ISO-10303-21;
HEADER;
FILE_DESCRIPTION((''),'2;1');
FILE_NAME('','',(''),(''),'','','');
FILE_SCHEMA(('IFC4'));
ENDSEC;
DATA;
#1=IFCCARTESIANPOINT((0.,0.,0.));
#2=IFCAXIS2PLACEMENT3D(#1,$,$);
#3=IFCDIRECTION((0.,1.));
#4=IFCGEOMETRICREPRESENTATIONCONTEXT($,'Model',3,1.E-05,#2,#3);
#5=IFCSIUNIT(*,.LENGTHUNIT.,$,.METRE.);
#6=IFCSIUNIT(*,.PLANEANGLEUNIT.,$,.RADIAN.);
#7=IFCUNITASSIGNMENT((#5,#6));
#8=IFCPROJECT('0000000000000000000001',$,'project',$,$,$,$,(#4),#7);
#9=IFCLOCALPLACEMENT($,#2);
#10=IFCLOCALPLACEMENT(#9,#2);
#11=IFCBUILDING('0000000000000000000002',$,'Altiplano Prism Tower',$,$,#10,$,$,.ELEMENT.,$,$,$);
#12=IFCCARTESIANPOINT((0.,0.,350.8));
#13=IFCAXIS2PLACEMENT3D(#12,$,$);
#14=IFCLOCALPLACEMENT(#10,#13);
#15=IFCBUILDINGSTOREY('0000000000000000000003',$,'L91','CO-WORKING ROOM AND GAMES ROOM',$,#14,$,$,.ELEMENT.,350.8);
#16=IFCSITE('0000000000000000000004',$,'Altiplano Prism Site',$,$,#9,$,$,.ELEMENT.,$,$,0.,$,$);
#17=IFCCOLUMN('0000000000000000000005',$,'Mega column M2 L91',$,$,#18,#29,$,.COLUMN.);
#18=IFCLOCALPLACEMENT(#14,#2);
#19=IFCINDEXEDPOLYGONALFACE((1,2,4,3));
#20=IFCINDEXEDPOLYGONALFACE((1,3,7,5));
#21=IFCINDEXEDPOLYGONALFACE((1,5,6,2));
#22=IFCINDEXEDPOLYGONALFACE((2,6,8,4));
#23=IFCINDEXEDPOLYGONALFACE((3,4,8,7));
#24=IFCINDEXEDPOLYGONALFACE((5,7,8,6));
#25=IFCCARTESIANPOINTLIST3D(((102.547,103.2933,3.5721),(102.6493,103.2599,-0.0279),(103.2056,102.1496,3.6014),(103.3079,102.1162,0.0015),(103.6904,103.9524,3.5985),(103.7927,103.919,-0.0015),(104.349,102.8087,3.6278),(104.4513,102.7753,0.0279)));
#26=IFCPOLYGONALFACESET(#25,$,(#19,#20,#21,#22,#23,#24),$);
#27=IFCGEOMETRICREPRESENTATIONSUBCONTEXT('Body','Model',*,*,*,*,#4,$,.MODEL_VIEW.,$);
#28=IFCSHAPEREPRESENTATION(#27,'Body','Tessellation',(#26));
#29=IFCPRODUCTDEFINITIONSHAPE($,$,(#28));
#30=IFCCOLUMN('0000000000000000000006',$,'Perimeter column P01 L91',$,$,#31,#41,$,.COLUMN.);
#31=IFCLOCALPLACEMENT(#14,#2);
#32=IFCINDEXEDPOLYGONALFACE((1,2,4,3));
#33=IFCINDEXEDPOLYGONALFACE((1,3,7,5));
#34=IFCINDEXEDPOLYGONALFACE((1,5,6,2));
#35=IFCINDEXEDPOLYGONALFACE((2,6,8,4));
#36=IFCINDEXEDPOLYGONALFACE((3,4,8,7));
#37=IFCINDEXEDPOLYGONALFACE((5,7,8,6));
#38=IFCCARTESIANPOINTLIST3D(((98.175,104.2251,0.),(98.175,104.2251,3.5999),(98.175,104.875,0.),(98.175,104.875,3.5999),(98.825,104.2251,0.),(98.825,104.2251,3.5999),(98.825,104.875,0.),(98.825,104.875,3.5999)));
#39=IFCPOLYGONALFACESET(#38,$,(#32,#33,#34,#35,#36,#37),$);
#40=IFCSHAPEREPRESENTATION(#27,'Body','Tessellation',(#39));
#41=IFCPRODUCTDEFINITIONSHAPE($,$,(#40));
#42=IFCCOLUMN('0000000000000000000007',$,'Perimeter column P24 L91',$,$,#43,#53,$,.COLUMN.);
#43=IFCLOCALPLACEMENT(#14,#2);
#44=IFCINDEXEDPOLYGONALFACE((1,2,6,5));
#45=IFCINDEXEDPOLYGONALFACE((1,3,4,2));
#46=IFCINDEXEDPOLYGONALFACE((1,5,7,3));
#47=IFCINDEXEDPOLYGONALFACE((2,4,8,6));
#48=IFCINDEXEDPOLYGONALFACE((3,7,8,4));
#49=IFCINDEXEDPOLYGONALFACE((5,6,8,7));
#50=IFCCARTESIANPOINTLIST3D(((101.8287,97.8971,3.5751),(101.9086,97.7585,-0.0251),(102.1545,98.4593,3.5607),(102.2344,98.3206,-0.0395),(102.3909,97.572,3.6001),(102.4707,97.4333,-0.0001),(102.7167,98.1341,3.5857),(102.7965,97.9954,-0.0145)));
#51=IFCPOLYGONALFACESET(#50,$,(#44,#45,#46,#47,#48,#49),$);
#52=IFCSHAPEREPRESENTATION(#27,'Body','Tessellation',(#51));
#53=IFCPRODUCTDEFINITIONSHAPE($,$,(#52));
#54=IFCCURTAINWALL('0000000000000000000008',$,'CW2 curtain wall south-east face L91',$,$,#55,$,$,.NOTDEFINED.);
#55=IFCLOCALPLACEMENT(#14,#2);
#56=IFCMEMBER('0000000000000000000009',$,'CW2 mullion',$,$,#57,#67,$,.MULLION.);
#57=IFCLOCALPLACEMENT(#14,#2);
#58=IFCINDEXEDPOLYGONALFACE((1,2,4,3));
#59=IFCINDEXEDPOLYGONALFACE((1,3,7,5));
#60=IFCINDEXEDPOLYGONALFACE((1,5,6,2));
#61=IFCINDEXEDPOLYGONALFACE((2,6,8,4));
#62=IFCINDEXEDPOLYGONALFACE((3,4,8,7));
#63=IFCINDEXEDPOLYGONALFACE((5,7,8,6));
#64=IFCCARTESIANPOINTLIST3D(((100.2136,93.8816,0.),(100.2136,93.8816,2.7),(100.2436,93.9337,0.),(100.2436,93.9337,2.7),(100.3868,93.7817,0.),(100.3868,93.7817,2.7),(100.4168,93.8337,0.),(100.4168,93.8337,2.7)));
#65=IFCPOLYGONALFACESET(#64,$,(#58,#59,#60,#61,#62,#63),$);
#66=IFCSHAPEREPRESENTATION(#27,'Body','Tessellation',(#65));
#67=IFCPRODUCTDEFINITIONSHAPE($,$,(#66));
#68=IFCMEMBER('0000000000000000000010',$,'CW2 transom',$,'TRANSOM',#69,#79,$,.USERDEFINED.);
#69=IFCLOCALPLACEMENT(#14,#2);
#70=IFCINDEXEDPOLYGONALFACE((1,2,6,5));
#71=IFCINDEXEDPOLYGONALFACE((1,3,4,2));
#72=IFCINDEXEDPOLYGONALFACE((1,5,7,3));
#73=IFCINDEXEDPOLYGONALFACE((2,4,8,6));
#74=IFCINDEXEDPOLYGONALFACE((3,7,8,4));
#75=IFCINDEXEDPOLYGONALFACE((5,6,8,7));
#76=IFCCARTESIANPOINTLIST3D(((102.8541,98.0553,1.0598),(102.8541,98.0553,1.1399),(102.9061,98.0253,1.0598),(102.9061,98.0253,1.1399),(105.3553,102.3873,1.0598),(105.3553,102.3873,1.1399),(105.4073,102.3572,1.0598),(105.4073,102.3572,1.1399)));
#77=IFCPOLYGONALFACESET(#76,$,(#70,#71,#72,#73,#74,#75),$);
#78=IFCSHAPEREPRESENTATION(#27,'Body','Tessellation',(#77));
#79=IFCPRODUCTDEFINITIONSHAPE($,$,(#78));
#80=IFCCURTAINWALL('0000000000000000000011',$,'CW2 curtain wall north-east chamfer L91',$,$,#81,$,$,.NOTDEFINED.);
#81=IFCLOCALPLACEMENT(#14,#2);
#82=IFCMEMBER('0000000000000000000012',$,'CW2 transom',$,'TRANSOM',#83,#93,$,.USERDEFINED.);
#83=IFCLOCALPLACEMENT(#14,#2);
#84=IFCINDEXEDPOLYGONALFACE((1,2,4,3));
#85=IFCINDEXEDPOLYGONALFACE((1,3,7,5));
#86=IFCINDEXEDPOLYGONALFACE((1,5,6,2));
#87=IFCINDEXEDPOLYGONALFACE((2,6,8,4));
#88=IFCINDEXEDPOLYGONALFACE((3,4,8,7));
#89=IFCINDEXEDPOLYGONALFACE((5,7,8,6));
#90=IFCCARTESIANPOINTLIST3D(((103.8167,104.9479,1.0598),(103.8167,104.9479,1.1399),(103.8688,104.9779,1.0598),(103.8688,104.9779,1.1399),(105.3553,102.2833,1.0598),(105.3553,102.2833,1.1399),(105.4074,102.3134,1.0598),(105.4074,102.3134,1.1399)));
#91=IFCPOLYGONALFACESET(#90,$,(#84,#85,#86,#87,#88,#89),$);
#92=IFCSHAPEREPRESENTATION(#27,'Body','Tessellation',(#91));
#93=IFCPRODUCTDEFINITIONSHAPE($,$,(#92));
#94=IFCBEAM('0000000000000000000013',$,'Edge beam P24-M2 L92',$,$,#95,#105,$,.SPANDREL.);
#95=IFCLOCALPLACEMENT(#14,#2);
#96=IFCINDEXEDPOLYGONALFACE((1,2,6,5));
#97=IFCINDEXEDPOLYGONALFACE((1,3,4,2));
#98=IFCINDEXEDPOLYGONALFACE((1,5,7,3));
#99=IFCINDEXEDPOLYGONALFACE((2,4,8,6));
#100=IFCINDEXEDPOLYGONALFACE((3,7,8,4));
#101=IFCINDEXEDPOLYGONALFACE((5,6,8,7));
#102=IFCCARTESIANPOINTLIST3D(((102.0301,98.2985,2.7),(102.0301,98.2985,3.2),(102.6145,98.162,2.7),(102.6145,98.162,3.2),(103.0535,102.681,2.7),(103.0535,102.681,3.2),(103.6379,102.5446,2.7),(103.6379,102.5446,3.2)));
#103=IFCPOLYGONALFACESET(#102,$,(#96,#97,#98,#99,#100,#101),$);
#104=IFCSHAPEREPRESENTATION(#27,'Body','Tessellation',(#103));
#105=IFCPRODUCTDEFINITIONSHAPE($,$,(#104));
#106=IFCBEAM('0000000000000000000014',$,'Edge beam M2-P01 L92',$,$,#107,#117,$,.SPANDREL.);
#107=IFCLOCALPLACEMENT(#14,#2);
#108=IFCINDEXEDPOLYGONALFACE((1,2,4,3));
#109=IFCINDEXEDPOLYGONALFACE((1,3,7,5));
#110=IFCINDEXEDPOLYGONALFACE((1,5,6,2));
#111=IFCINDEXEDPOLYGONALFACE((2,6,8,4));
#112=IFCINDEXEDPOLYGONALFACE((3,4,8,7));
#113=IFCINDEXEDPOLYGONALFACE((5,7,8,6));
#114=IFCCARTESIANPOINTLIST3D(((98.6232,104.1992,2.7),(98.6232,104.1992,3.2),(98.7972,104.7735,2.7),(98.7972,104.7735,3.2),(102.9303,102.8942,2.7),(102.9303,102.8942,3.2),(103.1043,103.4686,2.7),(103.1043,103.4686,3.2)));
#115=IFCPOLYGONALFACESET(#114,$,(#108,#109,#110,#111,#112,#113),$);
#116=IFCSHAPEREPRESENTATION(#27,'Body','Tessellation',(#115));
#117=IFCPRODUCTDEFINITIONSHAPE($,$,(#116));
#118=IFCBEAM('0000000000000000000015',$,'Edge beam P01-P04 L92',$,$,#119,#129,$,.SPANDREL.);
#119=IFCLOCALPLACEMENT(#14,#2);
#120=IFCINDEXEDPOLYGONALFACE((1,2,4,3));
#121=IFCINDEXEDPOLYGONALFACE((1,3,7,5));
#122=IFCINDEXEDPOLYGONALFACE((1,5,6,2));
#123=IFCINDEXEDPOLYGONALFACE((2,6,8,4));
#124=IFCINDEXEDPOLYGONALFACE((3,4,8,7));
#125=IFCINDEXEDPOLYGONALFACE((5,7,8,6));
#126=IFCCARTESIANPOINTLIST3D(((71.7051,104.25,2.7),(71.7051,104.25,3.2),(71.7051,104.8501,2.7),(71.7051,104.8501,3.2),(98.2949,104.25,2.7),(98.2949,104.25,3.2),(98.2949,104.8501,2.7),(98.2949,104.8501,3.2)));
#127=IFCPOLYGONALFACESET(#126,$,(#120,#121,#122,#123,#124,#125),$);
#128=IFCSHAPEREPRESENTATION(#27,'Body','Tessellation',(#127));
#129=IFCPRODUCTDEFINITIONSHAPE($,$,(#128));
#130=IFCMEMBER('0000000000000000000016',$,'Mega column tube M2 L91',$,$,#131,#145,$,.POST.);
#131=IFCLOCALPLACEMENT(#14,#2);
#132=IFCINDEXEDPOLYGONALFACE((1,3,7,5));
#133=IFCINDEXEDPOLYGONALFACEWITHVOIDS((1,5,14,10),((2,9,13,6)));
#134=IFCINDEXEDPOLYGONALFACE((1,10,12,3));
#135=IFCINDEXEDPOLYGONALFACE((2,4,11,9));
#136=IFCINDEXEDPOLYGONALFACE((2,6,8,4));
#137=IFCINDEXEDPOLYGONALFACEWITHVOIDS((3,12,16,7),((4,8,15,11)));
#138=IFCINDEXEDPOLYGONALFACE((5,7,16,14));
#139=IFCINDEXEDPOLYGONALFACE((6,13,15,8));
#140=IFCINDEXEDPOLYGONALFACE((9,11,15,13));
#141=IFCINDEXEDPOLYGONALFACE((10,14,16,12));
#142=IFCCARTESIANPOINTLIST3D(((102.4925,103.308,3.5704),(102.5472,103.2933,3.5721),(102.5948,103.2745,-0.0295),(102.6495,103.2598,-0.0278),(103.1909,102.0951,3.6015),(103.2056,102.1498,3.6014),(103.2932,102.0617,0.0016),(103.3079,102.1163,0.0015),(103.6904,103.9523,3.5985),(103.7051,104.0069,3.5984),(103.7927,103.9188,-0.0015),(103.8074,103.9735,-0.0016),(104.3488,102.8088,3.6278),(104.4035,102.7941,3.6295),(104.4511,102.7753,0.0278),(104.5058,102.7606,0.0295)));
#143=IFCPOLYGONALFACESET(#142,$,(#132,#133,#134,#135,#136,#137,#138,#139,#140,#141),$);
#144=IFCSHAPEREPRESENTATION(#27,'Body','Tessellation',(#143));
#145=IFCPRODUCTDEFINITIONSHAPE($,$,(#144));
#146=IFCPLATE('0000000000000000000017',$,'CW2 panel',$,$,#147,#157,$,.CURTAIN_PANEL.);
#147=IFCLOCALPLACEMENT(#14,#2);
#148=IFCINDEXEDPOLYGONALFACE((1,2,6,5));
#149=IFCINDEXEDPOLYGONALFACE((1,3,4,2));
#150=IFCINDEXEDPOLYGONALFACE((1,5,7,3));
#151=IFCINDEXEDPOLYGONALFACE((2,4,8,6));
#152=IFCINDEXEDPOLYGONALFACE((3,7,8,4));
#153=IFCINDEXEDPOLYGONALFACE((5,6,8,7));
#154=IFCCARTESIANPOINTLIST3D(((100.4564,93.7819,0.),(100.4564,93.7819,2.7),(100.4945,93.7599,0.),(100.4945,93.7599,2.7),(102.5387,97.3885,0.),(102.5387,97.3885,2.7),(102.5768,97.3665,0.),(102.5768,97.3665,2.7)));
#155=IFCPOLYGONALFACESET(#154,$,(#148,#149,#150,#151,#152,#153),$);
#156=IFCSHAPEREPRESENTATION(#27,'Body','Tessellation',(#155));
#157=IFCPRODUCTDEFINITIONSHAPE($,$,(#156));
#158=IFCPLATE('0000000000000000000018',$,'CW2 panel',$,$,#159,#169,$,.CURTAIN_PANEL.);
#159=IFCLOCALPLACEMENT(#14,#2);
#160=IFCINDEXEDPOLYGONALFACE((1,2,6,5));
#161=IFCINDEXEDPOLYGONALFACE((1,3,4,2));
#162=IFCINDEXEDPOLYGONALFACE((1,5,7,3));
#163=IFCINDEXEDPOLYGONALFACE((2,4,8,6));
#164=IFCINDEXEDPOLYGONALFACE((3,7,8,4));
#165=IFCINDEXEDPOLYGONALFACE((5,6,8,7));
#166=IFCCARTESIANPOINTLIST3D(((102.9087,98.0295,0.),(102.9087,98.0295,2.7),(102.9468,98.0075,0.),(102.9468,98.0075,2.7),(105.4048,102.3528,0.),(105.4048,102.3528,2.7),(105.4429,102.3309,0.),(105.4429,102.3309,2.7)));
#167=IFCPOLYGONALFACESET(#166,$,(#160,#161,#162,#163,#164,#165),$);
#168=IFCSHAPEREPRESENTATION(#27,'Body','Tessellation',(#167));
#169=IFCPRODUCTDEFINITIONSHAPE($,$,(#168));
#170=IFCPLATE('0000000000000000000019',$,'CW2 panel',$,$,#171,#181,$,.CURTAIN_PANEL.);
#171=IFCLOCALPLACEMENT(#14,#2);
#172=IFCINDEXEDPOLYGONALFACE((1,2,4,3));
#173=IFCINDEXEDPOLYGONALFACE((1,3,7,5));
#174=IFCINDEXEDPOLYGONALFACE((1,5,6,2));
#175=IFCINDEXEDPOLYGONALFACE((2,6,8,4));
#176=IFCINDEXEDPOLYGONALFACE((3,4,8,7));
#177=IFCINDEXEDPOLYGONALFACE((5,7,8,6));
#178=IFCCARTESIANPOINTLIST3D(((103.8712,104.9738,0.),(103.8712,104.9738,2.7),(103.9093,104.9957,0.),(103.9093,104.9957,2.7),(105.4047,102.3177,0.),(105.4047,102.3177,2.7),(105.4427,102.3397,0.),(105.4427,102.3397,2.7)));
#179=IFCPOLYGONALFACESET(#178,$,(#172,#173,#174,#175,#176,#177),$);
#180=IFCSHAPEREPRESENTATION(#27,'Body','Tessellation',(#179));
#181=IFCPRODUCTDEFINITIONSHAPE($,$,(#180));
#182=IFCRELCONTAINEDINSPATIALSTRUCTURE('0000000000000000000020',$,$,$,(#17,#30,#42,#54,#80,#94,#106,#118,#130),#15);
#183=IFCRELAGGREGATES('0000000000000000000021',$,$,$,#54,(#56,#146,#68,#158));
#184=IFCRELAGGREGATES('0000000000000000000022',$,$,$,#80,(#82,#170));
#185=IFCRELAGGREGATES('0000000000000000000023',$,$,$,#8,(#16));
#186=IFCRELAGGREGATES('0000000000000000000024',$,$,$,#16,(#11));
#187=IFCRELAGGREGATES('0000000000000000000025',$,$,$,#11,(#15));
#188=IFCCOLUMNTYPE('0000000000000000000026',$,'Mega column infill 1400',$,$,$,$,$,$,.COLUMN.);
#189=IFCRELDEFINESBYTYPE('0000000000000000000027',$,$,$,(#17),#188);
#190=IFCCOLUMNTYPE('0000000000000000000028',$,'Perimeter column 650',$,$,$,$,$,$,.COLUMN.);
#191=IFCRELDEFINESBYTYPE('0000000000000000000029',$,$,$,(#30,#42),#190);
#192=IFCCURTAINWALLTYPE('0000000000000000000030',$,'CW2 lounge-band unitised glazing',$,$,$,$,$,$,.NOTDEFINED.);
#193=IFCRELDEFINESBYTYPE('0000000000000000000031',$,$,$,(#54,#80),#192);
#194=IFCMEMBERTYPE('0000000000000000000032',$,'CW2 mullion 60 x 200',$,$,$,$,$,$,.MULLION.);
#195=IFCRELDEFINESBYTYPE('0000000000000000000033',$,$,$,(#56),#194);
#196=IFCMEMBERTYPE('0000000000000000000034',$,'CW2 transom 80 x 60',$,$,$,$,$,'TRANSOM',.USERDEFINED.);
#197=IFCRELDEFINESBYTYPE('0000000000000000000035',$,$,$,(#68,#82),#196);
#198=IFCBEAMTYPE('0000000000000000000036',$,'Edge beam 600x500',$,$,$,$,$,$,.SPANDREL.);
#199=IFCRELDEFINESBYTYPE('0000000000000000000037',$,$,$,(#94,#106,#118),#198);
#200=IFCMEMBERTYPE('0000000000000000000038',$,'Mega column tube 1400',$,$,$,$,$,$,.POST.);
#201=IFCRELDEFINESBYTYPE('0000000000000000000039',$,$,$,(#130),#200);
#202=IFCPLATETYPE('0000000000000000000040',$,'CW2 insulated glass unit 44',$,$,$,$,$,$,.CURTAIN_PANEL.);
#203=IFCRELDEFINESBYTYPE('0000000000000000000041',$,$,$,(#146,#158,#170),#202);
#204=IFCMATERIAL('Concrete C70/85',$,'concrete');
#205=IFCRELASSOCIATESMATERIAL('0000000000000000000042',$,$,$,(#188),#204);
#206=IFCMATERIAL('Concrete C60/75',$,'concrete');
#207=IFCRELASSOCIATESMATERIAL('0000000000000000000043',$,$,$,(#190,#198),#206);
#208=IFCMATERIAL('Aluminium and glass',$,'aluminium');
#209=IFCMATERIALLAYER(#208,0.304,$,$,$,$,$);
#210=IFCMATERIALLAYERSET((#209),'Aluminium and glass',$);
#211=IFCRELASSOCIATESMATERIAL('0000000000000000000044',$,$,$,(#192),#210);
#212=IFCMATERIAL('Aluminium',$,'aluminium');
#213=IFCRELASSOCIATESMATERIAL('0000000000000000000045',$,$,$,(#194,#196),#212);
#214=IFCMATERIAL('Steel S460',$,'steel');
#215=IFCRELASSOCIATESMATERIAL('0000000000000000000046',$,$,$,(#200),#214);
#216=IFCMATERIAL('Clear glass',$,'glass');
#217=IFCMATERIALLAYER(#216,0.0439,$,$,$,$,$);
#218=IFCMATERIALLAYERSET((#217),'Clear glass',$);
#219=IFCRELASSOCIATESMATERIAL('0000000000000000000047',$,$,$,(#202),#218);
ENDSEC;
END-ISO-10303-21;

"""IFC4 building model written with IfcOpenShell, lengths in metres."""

from ifc_helpers import new_model, si_unit, direction, frame, origin, origin_2d, place, context, subcontext, project, spatial, rectangle, hollow_rectangle, extrude, material, layer, layer_set, material_profile, profile_set, type_object, element, aggregate, save


model = new_model("IFC4")

# Units and contexts
model_context = context("Model", 3, precision=1e-05, world=origin(), true_north=direction((0.0, 1.0)))
body_context = subcontext(model_context, "Body", "Model", "MODEL_VIEW")
ifc_project = project(units=[si_unit("LENGTHUNIT", "METRE"), si_unit("PLANEANGLEUNIT", "RADIAN")], contexts=[model_context])

# Site, building, storey
site_placement = place(None, origin())
site = spatial("IfcSite", under=ifc_project, at=site_placement, Name="Altiplano Prism Site", CompositionType="ELEMENT", RefElevation=0.0)
building_placement = place(site_placement, origin())
building = spatial("IfcBuilding", under=site, at=building_placement, Name="Altiplano Prism Tower", CompositionType="ELEMENT")
storey_placement = place(building_placement, frame((0.0, 0.0, 350.8)))
storey = spatial("IfcBuildingStorey", under=building, at=storey_placement, Name="L91", Description="CO-WORKING ROOM AND GAMES ROOM", CompositionType="ELEMENT", Elevation=350.8)

# Columns
ifc_material_1 = material(Name="Concrete C70/85", Category="concrete")
ifc_material_profile_1 = material_profile(ifc_material_1, rectangle(XDim=1.3201, YDim=1.3201, at=origin_2d()), Name="Mega column infill 1400")
ifc_profile_set_1 = profile_set([ifc_material_profile_1], Name="Concrete C70/85")
column_type_1 = type_object("IfcColumnType", Name="Mega column infill 1400", PredefinedType="COLUMN", material=ifc_profile_set_1)
column_1_placement = place(storey_placement, frame((103.5503, 103.0176, 0.0), z_axis=(-0.028404, 0.009287, 0.999553), x_axis=(0.498891, -0.86638, 0.022226)))
element("IfcColumn", 1, at=column_1_placement, inside=storey, type_object=column_type_1, Name="Mega column M2 L91", PredefinedType="COLUMN", context=body_context, shape_type="SweptSolid", body=[
    extrude(rectangle(XDim=1.3201, YDim=1.3201, at=origin_2d()), origin(), (0.0, 0.0, 1.0), 3.6016),
])
ifc_material_2 = material(Name="Concrete C60/75", Category="concrete")
ifc_material_profile_2 = material_profile(ifc_material_2, rectangle(XDim=0.6499, YDim=0.6499, at=origin_2d()), Name="Perimeter column 650")
ifc_profile_set_2 = profile_set([ifc_material_profile_2], Name="Concrete C60/75")
column_type_2 = type_object("IfcColumnType", Name="Perimeter column 650", PredefinedType="COLUMN", material=ifc_profile_set_2)
column_2_placement = place(storey_placement, frame((98.5, 104.55, 0.0), z_axis=(0.0, 0.0, 1.0), x_axis=(1.0, 0.0, 0.0)))
element("IfcColumn", 2, at=column_2_placement, inside=storey, type_object=column_type_2, Name="Perimeter column P01 L91", PredefinedType="COLUMN", context=body_context, shape_type="SweptSolid", body=[
    extrude(rectangle(XDim=0.6499, YDim=0.6499, at=origin_2d()), origin(), (0.0, 0.0, 1.0), 3.5999),
])
column_3_placement = place(storey_placement, frame((102.3525, 97.877, -0.0198), z_axis=(-0.022154, 0.038481, 0.999014), x_axis=(-0.501313, -0.864981, 0.022201)))
element("IfcColumn", 3, at=column_3_placement, inside=storey, type_object=column_type_2, Name="Perimeter column P24 L91", PredefinedType="COLUMN", context=body_context, shape_type="SweptSolid", body=[
    extrude(rectangle(XDim=0.6499, YDim=0.6499, at=origin_2d()), origin(), (0.0, 0.0, 1.0), 3.6038),
])

# Curtain wall, members
ifc_material_3 = material(Name="Aluminium and glass", Category="aluminium")
ifc_layer_1 = layer(ifc_material_3, 0.304)
ifc_layer_set_1 = layer_set([ifc_layer_1], Name="Aluminium and glass")
curtain_wall_type = type_object("IfcCurtainWallType", Name="CW2 lounge-band unitised glazing", PredefinedType="NOTDEFINED", material=ifc_layer_set_1)
curtain_wall_1_placement = place(storey_placement, origin())
curtain_wall_1 = element("IfcCurtainWall", 4, at=curtain_wall_1_placement, inside=storey, type_object=curtain_wall_type, Name="CW2 curtain wall south-east face L91", PredefinedType="NOTDEFINED")
ifc_material_4 = material(Name="Aluminium", Category="aluminium")
ifc_material_profile_3 = material_profile(ifc_material_4, rectangle(XDim=0.2, YDim=0.0601, at=origin_2d()), Name="CW2 mullion 60 x 200")
ifc_profile_set_3 = profile_set([ifc_material_profile_3], Name="Aluminium")
member_type_1 = type_object("IfcMemberType", Name="CW2 mullion 60 x 200", PredefinedType="MULLION", material=ifc_profile_set_3)
member_1_placement = place(storey_placement, frame((100.3152, 93.8577, 0.0), z_axis=(0.0, 0.0, 1.0), x_axis=(-0.866025, 0.5, 0.0)))
member_1 = element("IfcMember", 5, at=member_1_placement, type_object=member_type_1, Name="CW2 mullion", PredefinedType="MULLION", context=body_context, shape_type="SweptSolid", body=[
    extrude(rectangle(XDim=0.2, YDim=0.0601, at=origin_2d()), origin(), (0.0, 0.0, 1.0), 2.7),
])
ifc_material_profile_4 = material_profile(ifc_material_4, rectangle(XDim=0.0601, YDim=0.0801, at=origin_2d()), Name="CW2 transom 80 x 60")
ifc_profile_set_4 = profile_set([ifc_material_profile_4], Name="Aluminium")
member_type_2 = type_object("IfcMemberType", Name="CW2 transom 80 x 60", ElementType="TRANSOM", PredefinedType="USERDEFINED", material=ifc_profile_set_4)
member_2_placement = place(storey_placement, frame((102.8801, 98.0403, 1.0999), z_axis=(0.500018, 0.866015, 0.0), x_axis=(-0.866015, 0.500018, 0.0)))
member_2 = element("IfcMember", 6, at=member_2_placement, type_object=member_type_2, Name="CW2 transom", ObjectType="TRANSOM", PredefinedType="USERDEFINED", context=body_context, shape_type="SweptSolid", body=[
    extrude(rectangle(XDim=0.0601, YDim=0.0801, at=origin_2d()), origin(), (0.0, 0.0, 1.0), 5.0022),
])

# Curtain wall, member
curtain_wall_2_placement = place(storey_placement, origin())
curtain_wall_2 = element("IfcCurtainWall", 7, at=curtain_wall_2_placement, inside=storey, type_object=curtain_wall_type, Name="CW2 curtain wall north-east chamfer L91", PredefinedType="NOTDEFINED")
member_3_placement = place(storey_placement, frame((105.3813, 102.2983, 1.0999), z_axis=(-0.500048, 0.865998, 0.0), x_axis=(-0.865998, -0.500048, 0.0)))
member_3 = element("IfcMember", 8, at=member_3_placement, type_object=member_type_2, Name="CW2 transom", ObjectType="TRANSOM", PredefinedType="USERDEFINED", context=body_context, shape_type="SweptSolid", body=[
    extrude(rectangle(XDim=0.0601, YDim=0.0801, at=origin_2d()), origin(), (0.0, 0.0, 1.0), 3.0769),
])

# Beams
ifc_material_profile_5 = material_profile(ifc_material_2, rectangle(XDim=0.6001, YDim=0.5, at=origin_2d()), Name="Edge beam 600x500")
ifc_profile_set_5 = profile_set([ifc_material_profile_5], Name="Concrete C60/75")
beam_type = type_object("IfcBeamType", Name="Edge beam 600x500", PredefinedType="SPANDREL", material=ifc_profile_set_5)
for number, where, z_axis, x_axis, name in (
    (9, (102.3223, 98.2302, 2.95), (0.227406, 0.9738, 0.0), (-0.9738, 0.227406, 0.0), "Edge beam P24-M2 L92"),
    (10, (103.0173, 103.1814, 2.95), (-0.95704, 0.289955, 0.0), (-0.289955, -0.95704, 0.0), "Edge beam M2-P01 L92"),
):
    element("IfcBeam", number, at=place(storey_placement, frame(where, z_axis=z_axis, x_axis=x_axis)), inside=storey, type_object=beam_type, Name=name, PredefinedType="SPANDREL", context=body_context, shape_type="SweptSolid", body=[
        extrude(rectangle(XDim=0.6001, YDim=0.5, at=origin_2d()), origin(), (0.0, 0.0, 1.0), 4.5005),
    ])
beam_placement = place(storey_placement, frame((98.2949, 104.55, 2.95), z_axis=(-1.0, 0.0, 0.0), x_axis=(0.0, -1.0, 0.0)))
element("IfcBeam", 11, at=beam_placement, inside=storey, type_object=beam_type, Name="Edge beam P01-P04 L92", PredefinedType="SPANDREL", context=body_context, shape_type="SweptSolid", body=[
    extrude(rectangle(XDim=0.6001, YDim=0.5, at=origin_2d()), origin(), (0.0, 0.0, 1.0), 26.5898),
])

# Member
ifc_material_5 = material(Name="Steel S460", Category="steel")
ifc_material_profile_6 = material_profile(ifc_material_5, hollow_rectangle(XDim=1.3999, YDim=1.3999, WallThickness=0.04, at=origin_2d()), Name="Mega column tube 1400")
ifc_profile_set_6 = profile_set([ifc_material_profile_6], Name="Steel S460")
member_type_3 = type_object("IfcMemberType", Name="Mega column tube 1400", PredefinedType="POST", material=ifc_profile_set_6)
member_4_placement = place(storey_placement, frame((103.5503, 103.0176, 0.0), z_axis=(-0.028404, 0.009287, 0.999553), x_axis=(0.498891, -0.86638, 0.022226)))
element("IfcMember", 12, at=member_4_placement, inside=storey, type_object=member_type_3, Name="Mega column tube M2 L91", PredefinedType="POST", context=body_context, shape_type="SweptSolid", body=[
    extrude(hollow_rectangle(XDim=1.3999, YDim=1.3999, WallThickness=0.04, at=origin_2d()), origin(), (0.0, 0.0, 1.0), 3.6016),
])

# Plates
ifc_material_6 = material(Name="Clear glass", Category="glass")
ifc_layer_2 = layer(ifc_material_6, 0.0439)
ifc_layer_set_2 = layer_set([ifc_layer_2], Name="Clear glass")
plate_type = type_object("IfcPlateType", Name="CW2 insulated glass unit 44", PredefinedType="CURTAIN_PANEL", material=ifc_layer_set_2)
plate_1_placement = place(storey_placement, frame((101.5166, 95.5742, 0.0), z_axis=(0.0, 0.0, 1.0), x_axis=(0.5, 0.866025, 0.0)))
plate_1 = element("IfcPlate", 13, at=plate_1_placement, type_object=plate_type, Name="CW2 panel", PredefinedType="CURTAIN_PANEL", context=body_context, shape_type="SweptSolid", body=[
    extrude(rectangle(XDim=4.1646, YDim=0.0439, at=origin_2d()), origin(), (0.0, 0.0, 1.0), 2.7),
])
plate_2_placement = place(storey_placement, frame((104.1758, 100.1802, 0.0), z_axis=(0.0, 0.0, 1.0), x_axis=(0.5, 0.866025, 0.0)))
plate_2 = element("IfcPlate", 14, at=plate_2_placement, type_object=plate_type, Name="CW2 panel", PredefinedType="CURTAIN_PANEL", context=body_context, shape_type="SweptSolid", body=[
    extrude(rectangle(XDim=4.9922, YDim=0.0439, at=origin_2d()), origin(), (0.0, 0.0, 1.0), 2.7),
])
aggregate(curtain_wall_1, [member_1, plate_1, member_2, plate_2])
plate_3_placement = place(storey_placement, frame((104.657, 103.6567, 0.0), z_axis=(0.0, 0.0, 1.0), x_axis=(-0.5, 0.866025, 0.0)))
plate_3 = element("IfcPlate", 15, at=plate_3_placement, type_object=plate_type, Name="CW2 panel", PredefinedType="CURTAIN_PANEL", context=body_context, shape_type="SweptSolid", body=[
    extrude(rectangle(XDim=3.0669, YDim=0.0439, at=origin_2d()), origin(), (0.0, 0.0, 1.0), 2.7),
])
aggregate(curtain_wall_2, [member_3, plate_3])

save(model, "model.ifc")
